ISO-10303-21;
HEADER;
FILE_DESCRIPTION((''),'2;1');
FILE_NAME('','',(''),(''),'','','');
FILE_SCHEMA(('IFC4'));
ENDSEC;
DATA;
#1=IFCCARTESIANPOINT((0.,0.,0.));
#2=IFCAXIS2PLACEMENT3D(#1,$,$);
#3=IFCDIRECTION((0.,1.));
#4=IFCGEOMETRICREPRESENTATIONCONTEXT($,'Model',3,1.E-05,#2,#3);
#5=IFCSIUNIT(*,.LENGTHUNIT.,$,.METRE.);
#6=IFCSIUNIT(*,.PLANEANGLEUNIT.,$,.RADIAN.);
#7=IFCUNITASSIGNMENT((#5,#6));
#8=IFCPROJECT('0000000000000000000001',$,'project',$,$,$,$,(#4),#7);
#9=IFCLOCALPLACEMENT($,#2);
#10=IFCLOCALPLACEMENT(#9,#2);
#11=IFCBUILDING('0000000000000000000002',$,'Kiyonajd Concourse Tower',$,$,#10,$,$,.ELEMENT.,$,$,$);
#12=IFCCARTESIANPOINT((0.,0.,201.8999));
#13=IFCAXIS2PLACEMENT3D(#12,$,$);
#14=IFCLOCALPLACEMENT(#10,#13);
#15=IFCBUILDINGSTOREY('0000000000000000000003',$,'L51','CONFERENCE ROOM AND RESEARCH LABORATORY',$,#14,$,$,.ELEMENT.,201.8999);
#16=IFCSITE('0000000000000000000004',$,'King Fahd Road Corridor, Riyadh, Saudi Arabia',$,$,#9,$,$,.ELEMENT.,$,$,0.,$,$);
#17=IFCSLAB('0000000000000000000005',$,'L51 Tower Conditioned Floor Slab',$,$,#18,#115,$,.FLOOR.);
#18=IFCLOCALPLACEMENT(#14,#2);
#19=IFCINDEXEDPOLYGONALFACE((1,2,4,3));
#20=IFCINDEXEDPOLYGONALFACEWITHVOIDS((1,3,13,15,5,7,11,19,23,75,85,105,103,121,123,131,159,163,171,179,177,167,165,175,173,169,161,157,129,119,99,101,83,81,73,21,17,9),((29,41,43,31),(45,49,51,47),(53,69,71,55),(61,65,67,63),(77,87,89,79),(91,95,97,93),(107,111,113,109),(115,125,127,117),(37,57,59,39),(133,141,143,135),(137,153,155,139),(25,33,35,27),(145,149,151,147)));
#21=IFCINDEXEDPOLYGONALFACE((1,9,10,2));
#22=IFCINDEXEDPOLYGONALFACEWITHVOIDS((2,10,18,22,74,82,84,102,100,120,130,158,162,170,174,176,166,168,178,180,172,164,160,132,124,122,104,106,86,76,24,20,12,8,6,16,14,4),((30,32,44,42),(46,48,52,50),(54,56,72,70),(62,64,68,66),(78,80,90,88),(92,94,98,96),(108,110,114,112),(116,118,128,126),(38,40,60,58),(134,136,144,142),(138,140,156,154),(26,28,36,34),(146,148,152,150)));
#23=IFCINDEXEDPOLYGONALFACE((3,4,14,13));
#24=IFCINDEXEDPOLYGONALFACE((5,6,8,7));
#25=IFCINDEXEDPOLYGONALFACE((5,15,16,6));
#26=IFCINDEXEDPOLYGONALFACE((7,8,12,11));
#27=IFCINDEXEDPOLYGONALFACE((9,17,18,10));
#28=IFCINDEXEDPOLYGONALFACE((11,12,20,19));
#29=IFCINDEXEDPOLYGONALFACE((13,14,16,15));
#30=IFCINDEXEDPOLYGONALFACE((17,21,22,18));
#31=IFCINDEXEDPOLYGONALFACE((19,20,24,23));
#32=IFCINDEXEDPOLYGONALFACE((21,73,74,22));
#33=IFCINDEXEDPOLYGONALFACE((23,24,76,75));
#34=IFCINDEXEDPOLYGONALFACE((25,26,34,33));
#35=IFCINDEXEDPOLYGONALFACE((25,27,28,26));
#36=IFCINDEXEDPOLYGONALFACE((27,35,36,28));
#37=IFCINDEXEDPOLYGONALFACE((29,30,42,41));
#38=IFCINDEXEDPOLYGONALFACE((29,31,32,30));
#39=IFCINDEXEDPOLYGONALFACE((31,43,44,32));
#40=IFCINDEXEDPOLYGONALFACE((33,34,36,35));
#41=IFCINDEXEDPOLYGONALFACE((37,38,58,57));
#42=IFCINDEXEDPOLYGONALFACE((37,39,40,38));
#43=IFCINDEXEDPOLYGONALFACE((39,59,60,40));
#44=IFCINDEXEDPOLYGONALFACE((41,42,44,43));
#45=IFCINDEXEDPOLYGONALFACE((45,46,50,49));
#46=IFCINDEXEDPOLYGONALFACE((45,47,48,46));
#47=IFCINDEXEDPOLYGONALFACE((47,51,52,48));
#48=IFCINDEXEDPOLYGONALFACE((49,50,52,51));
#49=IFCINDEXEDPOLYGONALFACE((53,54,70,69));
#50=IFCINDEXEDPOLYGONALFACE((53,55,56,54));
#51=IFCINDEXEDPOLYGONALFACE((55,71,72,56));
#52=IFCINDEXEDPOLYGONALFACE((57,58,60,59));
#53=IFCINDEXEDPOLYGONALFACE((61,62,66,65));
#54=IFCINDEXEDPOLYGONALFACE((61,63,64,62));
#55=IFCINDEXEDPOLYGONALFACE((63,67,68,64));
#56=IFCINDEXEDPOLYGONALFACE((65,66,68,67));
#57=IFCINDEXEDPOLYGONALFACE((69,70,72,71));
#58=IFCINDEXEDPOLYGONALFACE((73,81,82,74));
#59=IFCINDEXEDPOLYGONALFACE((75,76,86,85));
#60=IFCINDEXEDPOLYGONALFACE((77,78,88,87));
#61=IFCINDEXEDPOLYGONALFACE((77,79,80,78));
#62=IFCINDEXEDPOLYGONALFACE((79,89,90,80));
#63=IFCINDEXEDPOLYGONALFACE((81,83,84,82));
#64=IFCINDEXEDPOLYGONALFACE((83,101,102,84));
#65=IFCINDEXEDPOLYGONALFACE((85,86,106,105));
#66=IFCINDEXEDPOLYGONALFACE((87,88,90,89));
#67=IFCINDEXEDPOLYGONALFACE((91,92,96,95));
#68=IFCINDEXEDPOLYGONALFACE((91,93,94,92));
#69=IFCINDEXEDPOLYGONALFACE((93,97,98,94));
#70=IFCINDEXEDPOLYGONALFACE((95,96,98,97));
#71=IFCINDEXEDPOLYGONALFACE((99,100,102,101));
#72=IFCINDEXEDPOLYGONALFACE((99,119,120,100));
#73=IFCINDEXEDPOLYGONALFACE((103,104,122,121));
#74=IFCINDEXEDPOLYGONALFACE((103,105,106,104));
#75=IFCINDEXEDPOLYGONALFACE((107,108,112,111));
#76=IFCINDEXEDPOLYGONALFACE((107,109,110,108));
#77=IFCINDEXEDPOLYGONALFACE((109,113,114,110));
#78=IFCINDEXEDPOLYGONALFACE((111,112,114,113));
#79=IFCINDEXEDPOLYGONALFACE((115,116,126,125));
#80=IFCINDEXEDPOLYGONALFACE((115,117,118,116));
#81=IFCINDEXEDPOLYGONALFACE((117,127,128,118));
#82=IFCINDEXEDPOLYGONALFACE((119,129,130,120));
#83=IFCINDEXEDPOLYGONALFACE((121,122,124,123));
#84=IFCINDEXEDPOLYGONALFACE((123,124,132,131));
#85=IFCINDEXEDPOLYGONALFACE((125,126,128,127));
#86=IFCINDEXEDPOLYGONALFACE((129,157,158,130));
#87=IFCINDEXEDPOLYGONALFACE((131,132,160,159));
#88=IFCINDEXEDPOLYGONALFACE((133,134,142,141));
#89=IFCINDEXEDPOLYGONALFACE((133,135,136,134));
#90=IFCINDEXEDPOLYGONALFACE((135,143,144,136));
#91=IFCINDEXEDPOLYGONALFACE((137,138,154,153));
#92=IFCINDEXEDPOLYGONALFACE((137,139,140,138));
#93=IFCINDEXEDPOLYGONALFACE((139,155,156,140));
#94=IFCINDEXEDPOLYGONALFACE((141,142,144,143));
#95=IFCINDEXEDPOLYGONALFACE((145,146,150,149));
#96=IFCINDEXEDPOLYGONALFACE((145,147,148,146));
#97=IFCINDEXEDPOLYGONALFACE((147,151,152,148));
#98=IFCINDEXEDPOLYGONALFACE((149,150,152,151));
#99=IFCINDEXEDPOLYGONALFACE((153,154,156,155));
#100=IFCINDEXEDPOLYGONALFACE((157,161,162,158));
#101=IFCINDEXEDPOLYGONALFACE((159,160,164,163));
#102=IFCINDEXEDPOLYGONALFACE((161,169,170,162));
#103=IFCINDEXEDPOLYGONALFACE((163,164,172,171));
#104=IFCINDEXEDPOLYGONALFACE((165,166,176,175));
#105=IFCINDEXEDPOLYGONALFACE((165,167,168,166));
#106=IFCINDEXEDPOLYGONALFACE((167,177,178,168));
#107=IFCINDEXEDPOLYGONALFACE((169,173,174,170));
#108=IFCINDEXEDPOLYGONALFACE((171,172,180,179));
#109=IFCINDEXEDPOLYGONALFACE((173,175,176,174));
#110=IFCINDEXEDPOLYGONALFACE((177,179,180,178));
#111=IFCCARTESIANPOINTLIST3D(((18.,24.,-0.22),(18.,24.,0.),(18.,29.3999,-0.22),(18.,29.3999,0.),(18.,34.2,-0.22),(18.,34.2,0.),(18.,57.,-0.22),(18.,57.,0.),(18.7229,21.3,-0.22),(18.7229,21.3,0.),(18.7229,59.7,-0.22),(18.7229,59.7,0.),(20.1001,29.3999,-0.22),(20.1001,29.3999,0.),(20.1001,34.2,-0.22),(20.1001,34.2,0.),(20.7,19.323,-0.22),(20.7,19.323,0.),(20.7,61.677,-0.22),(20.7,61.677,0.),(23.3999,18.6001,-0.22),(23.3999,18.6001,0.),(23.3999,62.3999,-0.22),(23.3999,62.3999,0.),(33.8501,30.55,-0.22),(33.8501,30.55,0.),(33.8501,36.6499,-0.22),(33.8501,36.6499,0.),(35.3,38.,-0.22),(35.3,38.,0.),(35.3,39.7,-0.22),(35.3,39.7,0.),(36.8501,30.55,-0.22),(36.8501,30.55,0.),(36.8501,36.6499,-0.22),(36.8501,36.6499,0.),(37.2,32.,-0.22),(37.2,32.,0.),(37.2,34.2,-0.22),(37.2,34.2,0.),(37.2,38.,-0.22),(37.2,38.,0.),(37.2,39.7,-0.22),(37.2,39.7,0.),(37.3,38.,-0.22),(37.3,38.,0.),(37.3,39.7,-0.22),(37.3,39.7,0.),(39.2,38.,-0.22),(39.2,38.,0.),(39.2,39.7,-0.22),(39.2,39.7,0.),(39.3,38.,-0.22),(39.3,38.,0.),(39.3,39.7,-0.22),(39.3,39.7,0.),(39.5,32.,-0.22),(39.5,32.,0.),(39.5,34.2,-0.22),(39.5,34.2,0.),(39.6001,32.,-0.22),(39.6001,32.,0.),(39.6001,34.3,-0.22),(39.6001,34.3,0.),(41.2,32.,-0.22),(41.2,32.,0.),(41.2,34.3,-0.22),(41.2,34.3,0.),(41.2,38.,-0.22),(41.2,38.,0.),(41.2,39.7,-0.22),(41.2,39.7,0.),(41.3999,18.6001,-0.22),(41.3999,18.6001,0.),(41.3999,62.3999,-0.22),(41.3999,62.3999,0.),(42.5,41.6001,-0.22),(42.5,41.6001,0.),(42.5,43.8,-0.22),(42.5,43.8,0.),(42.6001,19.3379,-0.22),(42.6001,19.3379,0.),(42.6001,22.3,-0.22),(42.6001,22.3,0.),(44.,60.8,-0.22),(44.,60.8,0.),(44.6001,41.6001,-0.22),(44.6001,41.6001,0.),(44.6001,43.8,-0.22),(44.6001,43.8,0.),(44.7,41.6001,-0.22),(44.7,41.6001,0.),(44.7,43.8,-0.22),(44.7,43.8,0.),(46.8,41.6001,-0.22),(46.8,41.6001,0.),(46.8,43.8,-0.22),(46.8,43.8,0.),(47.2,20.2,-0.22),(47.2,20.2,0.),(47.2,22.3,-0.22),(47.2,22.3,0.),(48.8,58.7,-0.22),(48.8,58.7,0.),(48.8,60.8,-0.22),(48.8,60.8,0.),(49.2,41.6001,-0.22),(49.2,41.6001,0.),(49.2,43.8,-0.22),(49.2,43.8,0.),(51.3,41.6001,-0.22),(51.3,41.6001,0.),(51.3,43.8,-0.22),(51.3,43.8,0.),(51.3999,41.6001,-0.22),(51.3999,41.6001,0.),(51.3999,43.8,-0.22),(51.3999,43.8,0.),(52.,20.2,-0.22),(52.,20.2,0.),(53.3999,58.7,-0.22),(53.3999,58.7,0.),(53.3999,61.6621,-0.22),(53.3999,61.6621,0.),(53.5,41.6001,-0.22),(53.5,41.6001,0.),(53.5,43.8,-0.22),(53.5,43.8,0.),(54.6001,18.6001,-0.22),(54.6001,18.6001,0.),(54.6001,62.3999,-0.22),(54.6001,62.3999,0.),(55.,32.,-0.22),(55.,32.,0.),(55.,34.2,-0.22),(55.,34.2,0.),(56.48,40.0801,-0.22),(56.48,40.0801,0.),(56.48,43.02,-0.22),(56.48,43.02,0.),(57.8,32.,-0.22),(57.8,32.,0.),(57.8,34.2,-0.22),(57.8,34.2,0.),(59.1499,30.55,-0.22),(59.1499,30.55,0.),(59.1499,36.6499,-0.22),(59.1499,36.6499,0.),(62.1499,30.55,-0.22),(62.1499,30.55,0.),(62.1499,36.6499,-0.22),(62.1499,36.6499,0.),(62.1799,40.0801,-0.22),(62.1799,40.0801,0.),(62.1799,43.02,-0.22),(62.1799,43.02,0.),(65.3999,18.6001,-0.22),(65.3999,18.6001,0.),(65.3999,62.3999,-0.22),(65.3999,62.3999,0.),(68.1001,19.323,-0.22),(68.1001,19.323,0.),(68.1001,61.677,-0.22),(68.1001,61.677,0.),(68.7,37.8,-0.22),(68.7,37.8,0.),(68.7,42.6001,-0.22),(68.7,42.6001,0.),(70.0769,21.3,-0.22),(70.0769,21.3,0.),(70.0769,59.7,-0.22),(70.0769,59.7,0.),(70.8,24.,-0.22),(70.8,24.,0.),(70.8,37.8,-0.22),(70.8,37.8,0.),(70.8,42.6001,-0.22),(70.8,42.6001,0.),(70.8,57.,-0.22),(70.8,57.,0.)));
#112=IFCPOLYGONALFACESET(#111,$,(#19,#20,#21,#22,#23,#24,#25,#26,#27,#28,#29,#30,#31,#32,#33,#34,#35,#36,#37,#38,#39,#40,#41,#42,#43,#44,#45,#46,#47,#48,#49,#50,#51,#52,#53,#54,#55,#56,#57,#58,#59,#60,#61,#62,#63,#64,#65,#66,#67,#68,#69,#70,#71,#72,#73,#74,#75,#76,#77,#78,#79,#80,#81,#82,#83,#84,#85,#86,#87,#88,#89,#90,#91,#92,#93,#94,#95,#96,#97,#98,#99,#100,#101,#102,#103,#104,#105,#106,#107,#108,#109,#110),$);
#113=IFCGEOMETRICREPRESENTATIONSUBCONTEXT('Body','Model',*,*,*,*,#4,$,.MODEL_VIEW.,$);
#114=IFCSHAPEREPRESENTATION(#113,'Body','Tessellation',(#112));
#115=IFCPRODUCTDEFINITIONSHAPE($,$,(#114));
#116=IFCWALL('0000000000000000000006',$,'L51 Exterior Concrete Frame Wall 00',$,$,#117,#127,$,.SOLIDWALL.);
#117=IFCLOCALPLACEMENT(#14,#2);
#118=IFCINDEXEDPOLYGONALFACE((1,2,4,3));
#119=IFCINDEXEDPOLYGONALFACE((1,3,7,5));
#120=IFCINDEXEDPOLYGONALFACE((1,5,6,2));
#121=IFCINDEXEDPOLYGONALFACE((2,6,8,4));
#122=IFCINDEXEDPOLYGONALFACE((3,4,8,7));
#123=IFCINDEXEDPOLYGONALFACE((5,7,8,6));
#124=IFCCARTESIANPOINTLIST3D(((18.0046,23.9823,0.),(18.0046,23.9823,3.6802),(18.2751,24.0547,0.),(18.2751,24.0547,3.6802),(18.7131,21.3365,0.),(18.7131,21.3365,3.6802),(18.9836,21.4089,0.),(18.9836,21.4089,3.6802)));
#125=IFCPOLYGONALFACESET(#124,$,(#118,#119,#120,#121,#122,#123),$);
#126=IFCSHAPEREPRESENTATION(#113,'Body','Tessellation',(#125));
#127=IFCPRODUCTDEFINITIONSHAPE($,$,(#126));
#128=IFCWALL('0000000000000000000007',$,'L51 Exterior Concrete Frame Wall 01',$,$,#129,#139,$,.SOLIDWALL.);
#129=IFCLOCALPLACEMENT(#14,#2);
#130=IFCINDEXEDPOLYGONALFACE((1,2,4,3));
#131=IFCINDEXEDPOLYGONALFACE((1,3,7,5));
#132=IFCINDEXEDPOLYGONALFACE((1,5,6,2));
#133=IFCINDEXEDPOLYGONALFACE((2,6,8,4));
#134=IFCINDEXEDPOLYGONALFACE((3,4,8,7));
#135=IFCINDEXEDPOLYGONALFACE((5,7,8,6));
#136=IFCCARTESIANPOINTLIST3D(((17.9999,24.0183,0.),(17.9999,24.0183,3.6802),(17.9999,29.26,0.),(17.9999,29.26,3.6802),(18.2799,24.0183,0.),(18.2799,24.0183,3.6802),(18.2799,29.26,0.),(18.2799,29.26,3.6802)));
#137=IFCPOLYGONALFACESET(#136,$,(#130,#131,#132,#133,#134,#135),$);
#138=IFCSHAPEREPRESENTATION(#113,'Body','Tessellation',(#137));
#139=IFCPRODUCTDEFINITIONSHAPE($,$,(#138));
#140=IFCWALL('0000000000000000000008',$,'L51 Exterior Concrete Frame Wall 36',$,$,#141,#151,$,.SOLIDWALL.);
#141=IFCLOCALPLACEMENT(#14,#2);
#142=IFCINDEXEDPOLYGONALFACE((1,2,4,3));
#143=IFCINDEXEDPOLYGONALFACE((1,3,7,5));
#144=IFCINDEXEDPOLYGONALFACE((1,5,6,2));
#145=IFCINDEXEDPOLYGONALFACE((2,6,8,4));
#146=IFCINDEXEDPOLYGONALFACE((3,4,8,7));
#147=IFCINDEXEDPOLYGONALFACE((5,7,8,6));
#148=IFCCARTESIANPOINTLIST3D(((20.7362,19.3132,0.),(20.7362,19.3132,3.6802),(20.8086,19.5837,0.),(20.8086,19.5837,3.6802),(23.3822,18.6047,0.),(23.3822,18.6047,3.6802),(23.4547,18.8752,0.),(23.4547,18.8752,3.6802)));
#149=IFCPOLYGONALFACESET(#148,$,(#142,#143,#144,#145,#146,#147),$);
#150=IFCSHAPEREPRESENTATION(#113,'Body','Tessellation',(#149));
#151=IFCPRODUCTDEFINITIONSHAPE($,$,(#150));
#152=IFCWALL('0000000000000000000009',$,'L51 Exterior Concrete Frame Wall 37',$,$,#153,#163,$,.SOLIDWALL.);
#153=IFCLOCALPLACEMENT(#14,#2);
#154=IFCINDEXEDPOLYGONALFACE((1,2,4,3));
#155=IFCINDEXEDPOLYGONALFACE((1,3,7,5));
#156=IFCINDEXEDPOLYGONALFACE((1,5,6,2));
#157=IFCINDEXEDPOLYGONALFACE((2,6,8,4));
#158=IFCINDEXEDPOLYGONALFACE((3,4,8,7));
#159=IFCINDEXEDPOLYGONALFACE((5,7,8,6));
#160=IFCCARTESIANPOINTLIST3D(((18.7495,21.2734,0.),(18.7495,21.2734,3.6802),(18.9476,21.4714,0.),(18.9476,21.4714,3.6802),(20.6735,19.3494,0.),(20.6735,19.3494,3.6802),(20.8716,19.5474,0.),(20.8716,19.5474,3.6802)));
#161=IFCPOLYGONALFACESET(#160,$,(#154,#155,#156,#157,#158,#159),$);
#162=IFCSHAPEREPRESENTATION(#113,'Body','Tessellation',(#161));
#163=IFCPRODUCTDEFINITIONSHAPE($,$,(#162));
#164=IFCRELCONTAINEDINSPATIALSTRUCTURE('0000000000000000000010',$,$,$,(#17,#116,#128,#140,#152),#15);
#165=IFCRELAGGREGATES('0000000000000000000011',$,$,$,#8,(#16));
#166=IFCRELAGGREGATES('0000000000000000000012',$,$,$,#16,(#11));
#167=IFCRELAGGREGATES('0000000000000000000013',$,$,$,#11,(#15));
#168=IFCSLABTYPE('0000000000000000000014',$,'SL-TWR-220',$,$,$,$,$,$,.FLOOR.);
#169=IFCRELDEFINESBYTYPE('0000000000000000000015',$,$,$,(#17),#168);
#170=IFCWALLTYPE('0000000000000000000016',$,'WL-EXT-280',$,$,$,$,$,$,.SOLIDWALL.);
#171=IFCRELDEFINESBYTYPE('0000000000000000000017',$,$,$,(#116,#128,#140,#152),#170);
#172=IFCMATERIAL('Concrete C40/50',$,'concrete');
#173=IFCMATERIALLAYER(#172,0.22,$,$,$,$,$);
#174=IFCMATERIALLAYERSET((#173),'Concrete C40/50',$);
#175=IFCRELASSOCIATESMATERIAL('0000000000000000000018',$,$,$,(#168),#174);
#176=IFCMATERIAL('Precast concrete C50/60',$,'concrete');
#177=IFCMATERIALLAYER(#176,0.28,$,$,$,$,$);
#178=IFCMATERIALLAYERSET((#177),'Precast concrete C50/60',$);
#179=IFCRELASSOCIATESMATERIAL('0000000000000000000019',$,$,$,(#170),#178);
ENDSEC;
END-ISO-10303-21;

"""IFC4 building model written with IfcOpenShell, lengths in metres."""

from ifc_helpers import new_model, si_unit, direction, frame, frame_2d, origin, place, context, subcontext, project, spatial, polyline, rectangle, outline, extrude, material, layer, layer_set, type_object, element, save


model = new_model("IFC4")

# Units and contexts
model_context = context("Model", 3, precision=1e-05, world=origin(), true_north=direction((0.0, 1.0)))
body_context = subcontext(model_context, "Body", "Model", "MODEL_VIEW")
ifc_project = project(units=[si_unit("LENGTHUNIT", "METRE"), si_unit("PLANEANGLEUNIT", "RADIAN")], contexts=[model_context])

# Site, building, storey
site_placement = place(None, origin())
site = spatial("IfcSite", under=ifc_project, at=site_placement, Name="King Fahd Road Corridor, Riyadh, Saudi Arabia", CompositionType="ELEMENT", RefElevation=0.0)
building_placement = place(site_placement, origin())
building = spatial("IfcBuilding", under=site, at=building_placement, Name="Kiyonajd Concourse Tower", CompositionType="ELEMENT")
storey_placement = place(building_placement, frame((0.0, 0.0, 201.8999)))
storey = spatial("IfcBuildingStorey", under=building, at=storey_placement, Name="L51", Description="CONFERENCE ROOM AND RESEARCH LABORATORY", CompositionType="ELEMENT", Elevation=201.8999)

# Shared definitions
ifc_material_1 = material(Name="Concrete C40/50", Category="concrete")

# Slab
ifc_material_2 = material(Name="Precast concrete C50/60", Category="concrete")
ifc_layer_1 = layer(ifc_material_1, 0.22)
ifc_layer_set_1 = layer_set([ifc_layer_1], Name="Concrete C40/50")
slab_type_1 = type_object("IfcSlabType", Name="SL-TWR-220", PredefinedType="FLOOR", material=ifc_layer_set_1)
slab_1_placement = place(storey_placement, frame((0.0, 0.0, -0.22)))
element("IfcSlab", 1, at=slab_1_placement, inside=storey, type_object=slab_type_1, Name="L51 Tower Conditioned Floor Slab", PredefinedType="FLOOR", context=body_context, shape_type="SweptSolid", body=[
    extrude(outline(polyline([(18.7229, 21.3), (18.0, 24.0), (18.0, 29.3999), (20.1001, 29.3999), (20.1001, 34.2), (18.0, 34.2), (18.0, 57.0), (18.7229, 59.7), (20.7, 61.677), (23.3999, 62.3999), (41.3999, 62.3999), (44.0, 60.8), (48.8, 60.8), (48.8, 58.7), (53.3999, 58.7), (53.3999, 61.6621), (54.6001, 62.3999), (65.3999, 62.3999), (68.1001, 61.677), (70.0769, 59.7), (70.8, 57.0), (70.8, 42.6001), (68.7, 42.6001), (68.7, 37.8), (70.8, 37.8), (70.8, 24.0), (70.0769, 21.3), (68.1001, 19.323), (65.3999, 18.6001), (54.6001, 18.6001), (52.0, 20.2), (47.2, 20.2), (47.2, 22.3), (42.6001, 22.3), (42.6001, 19.3379), (41.3999, 18.6001), (23.3999, 18.6001), (20.7, 19.323), (18.7229, 21.3)]), holes=[polyline([(39.5, 32.0), (37.2, 32.0), (37.2, 34.2), (39.5, 34.2), (39.5, 32.0)]), polyline([(39.6001, 32.0), (39.6001, 34.3), (41.2, 34.3), (41.2, 32.0), (39.6001, 32.0)]), polyline([(33.8501, 30.55), (33.8501, 36.6499), (36.8501, 36.6499), (36.8501, 30.55), (33.8501, 30.55)]), polyline([(37.2, 38.0), (35.3, 38.0), (35.3, 39.7), (37.2, 39.7), (37.2, 38.0)]), polyline([(37.3, 38.0), (37.3, 39.7), (39.2, 39.7), (39.2, 38.0), (37.3, 38.0)]), polyline([(39.3, 38.0), (39.3, 39.7), (41.2, 39.7), (41.2, 38.0), (39.3, 38.0)]), polyline([(44.6001, 41.6001), (42.5, 41.6001), (42.5, 43.8), (44.6001, 43.8), (44.6001, 41.6001)]), polyline([(55.0, 32.0), (55.0, 34.2), (57.8, 34.2), (57.8, 32.0), (55.0, 32.0)]), polyline([(59.1499, 30.55), (59.1499, 36.6499), (62.1499, 36.6499), (62.1499, 30.55), (59.1499, 30.55)]), polyline([(56.48, 43.02), (62.1799, 43.02), (62.1799, 40.0801), (56.48, 40.0801), (56.48, 43.02)]), polyline([(44.7, 41.6001), (44.7, 43.8), (46.8, 43.8), (46.8, 41.6001), (44.7, 41.6001)]), polyline([(49.2, 41.6001), (49.2, 43.8), (51.3, 43.8), (51.3, 41.6001), (49.2, 41.6001)]), polyline([(51.3999, 41.6001), (51.3999, 43.8), (53.5, 43.8), (53.5, 41.6001), (51.3999, 41.6001)])]), origin(), (0.0, 0.0, 1.0), 0.22),
])

# Walls
ifc_layer_2 = layer(ifc_material_2, 0.28)
ifc_layer_set_2 = layer_set([ifc_layer_2], Name="Precast concrete C50/60")
wall_type = type_object("IfcWallType", Name="WL-EXT-280", PredefinedType="SOLIDWALL", material=ifc_layer_set_2)
wall_1_placement = place(storey_placement, frame((18.8484, 21.3726, 0.0), z_axis=(0.0, 0.0, 1.0), x_axis=(-0.258672, 0.965965, 0.0)))
element("IfcWall", 2, at=wall_1_placement, inside=storey, type_object=wall_type, Name="L51 Exterior Concrete Frame Wall 00", PredefinedType="SOLIDWALL", context=body_context, shape_type="SweptSolid", body=[
    extrude(rectangle(XDim=2.739, YDim=0.28, at=frame_2d((1.3696, 0.0))), origin(), (0.0, 0.0, 1.0), 3.6802),
])
wall_2_placement = place(storey_placement, frame((18.1399, 24.0183, 0.0), z_axis=(0.0, 0.0, 1.0), x_axis=(0.0, 1.0, 0.0)))
element("IfcWall", 3, at=wall_2_placement, inside=storey, type_object=wall_type, Name="L51 Exterior Concrete Frame Wall 01", PredefinedType="SOLIDWALL", context=body_context, shape_type="SweptSolid", body=[
    extrude(rectangle(XDim=5.2417, YDim=0.28, at=frame_2d((2.6208, 0.0))), origin(), (0.0, 0.0, 1.0), 3.6802),
])
wall_3_placement = place(storey_placement, frame((23.4185, 18.74, 0.0), z_axis=(0.0, 0.0, 1.0), x_axis=(-0.965971, 0.25865, 0.0)))
element("IfcWall", 4, at=wall_3_placement, inside=storey, type_object=wall_type, Name="L51 Exterior Concrete Frame Wall 36", PredefinedType="SOLIDWALL", context=body_context, shape_type="SweptSolid", body=[
    extrude(rectangle(XDim=2.7393, YDim=0.28, at=frame_2d((1.3696, 0.0))), origin(), (0.0, 0.0, 1.0), 3.6802),
])
wall_4_placement = place(storey_placement, frame((20.7725, 19.4485, 0.0), z_axis=(0.0, 0.0, 1.0), x_axis=(-0.707107, 0.707107, 0.0)))
element("IfcWall", 5, at=wall_4_placement, inside=storey, type_object=wall_type, Name="L51 Exterior Concrete Frame Wall 37", PredefinedType="SOLIDWALL", context=body_context, shape_type="SweptSolid", body=[
    extrude(rectangle(XDim=2.7209, YDim=0.28, at=frame_2d((1.3604, 0.0))), origin(), (0.0, 0.0, 1.0), 3.6802),
])

save(model, "model.ifc")
